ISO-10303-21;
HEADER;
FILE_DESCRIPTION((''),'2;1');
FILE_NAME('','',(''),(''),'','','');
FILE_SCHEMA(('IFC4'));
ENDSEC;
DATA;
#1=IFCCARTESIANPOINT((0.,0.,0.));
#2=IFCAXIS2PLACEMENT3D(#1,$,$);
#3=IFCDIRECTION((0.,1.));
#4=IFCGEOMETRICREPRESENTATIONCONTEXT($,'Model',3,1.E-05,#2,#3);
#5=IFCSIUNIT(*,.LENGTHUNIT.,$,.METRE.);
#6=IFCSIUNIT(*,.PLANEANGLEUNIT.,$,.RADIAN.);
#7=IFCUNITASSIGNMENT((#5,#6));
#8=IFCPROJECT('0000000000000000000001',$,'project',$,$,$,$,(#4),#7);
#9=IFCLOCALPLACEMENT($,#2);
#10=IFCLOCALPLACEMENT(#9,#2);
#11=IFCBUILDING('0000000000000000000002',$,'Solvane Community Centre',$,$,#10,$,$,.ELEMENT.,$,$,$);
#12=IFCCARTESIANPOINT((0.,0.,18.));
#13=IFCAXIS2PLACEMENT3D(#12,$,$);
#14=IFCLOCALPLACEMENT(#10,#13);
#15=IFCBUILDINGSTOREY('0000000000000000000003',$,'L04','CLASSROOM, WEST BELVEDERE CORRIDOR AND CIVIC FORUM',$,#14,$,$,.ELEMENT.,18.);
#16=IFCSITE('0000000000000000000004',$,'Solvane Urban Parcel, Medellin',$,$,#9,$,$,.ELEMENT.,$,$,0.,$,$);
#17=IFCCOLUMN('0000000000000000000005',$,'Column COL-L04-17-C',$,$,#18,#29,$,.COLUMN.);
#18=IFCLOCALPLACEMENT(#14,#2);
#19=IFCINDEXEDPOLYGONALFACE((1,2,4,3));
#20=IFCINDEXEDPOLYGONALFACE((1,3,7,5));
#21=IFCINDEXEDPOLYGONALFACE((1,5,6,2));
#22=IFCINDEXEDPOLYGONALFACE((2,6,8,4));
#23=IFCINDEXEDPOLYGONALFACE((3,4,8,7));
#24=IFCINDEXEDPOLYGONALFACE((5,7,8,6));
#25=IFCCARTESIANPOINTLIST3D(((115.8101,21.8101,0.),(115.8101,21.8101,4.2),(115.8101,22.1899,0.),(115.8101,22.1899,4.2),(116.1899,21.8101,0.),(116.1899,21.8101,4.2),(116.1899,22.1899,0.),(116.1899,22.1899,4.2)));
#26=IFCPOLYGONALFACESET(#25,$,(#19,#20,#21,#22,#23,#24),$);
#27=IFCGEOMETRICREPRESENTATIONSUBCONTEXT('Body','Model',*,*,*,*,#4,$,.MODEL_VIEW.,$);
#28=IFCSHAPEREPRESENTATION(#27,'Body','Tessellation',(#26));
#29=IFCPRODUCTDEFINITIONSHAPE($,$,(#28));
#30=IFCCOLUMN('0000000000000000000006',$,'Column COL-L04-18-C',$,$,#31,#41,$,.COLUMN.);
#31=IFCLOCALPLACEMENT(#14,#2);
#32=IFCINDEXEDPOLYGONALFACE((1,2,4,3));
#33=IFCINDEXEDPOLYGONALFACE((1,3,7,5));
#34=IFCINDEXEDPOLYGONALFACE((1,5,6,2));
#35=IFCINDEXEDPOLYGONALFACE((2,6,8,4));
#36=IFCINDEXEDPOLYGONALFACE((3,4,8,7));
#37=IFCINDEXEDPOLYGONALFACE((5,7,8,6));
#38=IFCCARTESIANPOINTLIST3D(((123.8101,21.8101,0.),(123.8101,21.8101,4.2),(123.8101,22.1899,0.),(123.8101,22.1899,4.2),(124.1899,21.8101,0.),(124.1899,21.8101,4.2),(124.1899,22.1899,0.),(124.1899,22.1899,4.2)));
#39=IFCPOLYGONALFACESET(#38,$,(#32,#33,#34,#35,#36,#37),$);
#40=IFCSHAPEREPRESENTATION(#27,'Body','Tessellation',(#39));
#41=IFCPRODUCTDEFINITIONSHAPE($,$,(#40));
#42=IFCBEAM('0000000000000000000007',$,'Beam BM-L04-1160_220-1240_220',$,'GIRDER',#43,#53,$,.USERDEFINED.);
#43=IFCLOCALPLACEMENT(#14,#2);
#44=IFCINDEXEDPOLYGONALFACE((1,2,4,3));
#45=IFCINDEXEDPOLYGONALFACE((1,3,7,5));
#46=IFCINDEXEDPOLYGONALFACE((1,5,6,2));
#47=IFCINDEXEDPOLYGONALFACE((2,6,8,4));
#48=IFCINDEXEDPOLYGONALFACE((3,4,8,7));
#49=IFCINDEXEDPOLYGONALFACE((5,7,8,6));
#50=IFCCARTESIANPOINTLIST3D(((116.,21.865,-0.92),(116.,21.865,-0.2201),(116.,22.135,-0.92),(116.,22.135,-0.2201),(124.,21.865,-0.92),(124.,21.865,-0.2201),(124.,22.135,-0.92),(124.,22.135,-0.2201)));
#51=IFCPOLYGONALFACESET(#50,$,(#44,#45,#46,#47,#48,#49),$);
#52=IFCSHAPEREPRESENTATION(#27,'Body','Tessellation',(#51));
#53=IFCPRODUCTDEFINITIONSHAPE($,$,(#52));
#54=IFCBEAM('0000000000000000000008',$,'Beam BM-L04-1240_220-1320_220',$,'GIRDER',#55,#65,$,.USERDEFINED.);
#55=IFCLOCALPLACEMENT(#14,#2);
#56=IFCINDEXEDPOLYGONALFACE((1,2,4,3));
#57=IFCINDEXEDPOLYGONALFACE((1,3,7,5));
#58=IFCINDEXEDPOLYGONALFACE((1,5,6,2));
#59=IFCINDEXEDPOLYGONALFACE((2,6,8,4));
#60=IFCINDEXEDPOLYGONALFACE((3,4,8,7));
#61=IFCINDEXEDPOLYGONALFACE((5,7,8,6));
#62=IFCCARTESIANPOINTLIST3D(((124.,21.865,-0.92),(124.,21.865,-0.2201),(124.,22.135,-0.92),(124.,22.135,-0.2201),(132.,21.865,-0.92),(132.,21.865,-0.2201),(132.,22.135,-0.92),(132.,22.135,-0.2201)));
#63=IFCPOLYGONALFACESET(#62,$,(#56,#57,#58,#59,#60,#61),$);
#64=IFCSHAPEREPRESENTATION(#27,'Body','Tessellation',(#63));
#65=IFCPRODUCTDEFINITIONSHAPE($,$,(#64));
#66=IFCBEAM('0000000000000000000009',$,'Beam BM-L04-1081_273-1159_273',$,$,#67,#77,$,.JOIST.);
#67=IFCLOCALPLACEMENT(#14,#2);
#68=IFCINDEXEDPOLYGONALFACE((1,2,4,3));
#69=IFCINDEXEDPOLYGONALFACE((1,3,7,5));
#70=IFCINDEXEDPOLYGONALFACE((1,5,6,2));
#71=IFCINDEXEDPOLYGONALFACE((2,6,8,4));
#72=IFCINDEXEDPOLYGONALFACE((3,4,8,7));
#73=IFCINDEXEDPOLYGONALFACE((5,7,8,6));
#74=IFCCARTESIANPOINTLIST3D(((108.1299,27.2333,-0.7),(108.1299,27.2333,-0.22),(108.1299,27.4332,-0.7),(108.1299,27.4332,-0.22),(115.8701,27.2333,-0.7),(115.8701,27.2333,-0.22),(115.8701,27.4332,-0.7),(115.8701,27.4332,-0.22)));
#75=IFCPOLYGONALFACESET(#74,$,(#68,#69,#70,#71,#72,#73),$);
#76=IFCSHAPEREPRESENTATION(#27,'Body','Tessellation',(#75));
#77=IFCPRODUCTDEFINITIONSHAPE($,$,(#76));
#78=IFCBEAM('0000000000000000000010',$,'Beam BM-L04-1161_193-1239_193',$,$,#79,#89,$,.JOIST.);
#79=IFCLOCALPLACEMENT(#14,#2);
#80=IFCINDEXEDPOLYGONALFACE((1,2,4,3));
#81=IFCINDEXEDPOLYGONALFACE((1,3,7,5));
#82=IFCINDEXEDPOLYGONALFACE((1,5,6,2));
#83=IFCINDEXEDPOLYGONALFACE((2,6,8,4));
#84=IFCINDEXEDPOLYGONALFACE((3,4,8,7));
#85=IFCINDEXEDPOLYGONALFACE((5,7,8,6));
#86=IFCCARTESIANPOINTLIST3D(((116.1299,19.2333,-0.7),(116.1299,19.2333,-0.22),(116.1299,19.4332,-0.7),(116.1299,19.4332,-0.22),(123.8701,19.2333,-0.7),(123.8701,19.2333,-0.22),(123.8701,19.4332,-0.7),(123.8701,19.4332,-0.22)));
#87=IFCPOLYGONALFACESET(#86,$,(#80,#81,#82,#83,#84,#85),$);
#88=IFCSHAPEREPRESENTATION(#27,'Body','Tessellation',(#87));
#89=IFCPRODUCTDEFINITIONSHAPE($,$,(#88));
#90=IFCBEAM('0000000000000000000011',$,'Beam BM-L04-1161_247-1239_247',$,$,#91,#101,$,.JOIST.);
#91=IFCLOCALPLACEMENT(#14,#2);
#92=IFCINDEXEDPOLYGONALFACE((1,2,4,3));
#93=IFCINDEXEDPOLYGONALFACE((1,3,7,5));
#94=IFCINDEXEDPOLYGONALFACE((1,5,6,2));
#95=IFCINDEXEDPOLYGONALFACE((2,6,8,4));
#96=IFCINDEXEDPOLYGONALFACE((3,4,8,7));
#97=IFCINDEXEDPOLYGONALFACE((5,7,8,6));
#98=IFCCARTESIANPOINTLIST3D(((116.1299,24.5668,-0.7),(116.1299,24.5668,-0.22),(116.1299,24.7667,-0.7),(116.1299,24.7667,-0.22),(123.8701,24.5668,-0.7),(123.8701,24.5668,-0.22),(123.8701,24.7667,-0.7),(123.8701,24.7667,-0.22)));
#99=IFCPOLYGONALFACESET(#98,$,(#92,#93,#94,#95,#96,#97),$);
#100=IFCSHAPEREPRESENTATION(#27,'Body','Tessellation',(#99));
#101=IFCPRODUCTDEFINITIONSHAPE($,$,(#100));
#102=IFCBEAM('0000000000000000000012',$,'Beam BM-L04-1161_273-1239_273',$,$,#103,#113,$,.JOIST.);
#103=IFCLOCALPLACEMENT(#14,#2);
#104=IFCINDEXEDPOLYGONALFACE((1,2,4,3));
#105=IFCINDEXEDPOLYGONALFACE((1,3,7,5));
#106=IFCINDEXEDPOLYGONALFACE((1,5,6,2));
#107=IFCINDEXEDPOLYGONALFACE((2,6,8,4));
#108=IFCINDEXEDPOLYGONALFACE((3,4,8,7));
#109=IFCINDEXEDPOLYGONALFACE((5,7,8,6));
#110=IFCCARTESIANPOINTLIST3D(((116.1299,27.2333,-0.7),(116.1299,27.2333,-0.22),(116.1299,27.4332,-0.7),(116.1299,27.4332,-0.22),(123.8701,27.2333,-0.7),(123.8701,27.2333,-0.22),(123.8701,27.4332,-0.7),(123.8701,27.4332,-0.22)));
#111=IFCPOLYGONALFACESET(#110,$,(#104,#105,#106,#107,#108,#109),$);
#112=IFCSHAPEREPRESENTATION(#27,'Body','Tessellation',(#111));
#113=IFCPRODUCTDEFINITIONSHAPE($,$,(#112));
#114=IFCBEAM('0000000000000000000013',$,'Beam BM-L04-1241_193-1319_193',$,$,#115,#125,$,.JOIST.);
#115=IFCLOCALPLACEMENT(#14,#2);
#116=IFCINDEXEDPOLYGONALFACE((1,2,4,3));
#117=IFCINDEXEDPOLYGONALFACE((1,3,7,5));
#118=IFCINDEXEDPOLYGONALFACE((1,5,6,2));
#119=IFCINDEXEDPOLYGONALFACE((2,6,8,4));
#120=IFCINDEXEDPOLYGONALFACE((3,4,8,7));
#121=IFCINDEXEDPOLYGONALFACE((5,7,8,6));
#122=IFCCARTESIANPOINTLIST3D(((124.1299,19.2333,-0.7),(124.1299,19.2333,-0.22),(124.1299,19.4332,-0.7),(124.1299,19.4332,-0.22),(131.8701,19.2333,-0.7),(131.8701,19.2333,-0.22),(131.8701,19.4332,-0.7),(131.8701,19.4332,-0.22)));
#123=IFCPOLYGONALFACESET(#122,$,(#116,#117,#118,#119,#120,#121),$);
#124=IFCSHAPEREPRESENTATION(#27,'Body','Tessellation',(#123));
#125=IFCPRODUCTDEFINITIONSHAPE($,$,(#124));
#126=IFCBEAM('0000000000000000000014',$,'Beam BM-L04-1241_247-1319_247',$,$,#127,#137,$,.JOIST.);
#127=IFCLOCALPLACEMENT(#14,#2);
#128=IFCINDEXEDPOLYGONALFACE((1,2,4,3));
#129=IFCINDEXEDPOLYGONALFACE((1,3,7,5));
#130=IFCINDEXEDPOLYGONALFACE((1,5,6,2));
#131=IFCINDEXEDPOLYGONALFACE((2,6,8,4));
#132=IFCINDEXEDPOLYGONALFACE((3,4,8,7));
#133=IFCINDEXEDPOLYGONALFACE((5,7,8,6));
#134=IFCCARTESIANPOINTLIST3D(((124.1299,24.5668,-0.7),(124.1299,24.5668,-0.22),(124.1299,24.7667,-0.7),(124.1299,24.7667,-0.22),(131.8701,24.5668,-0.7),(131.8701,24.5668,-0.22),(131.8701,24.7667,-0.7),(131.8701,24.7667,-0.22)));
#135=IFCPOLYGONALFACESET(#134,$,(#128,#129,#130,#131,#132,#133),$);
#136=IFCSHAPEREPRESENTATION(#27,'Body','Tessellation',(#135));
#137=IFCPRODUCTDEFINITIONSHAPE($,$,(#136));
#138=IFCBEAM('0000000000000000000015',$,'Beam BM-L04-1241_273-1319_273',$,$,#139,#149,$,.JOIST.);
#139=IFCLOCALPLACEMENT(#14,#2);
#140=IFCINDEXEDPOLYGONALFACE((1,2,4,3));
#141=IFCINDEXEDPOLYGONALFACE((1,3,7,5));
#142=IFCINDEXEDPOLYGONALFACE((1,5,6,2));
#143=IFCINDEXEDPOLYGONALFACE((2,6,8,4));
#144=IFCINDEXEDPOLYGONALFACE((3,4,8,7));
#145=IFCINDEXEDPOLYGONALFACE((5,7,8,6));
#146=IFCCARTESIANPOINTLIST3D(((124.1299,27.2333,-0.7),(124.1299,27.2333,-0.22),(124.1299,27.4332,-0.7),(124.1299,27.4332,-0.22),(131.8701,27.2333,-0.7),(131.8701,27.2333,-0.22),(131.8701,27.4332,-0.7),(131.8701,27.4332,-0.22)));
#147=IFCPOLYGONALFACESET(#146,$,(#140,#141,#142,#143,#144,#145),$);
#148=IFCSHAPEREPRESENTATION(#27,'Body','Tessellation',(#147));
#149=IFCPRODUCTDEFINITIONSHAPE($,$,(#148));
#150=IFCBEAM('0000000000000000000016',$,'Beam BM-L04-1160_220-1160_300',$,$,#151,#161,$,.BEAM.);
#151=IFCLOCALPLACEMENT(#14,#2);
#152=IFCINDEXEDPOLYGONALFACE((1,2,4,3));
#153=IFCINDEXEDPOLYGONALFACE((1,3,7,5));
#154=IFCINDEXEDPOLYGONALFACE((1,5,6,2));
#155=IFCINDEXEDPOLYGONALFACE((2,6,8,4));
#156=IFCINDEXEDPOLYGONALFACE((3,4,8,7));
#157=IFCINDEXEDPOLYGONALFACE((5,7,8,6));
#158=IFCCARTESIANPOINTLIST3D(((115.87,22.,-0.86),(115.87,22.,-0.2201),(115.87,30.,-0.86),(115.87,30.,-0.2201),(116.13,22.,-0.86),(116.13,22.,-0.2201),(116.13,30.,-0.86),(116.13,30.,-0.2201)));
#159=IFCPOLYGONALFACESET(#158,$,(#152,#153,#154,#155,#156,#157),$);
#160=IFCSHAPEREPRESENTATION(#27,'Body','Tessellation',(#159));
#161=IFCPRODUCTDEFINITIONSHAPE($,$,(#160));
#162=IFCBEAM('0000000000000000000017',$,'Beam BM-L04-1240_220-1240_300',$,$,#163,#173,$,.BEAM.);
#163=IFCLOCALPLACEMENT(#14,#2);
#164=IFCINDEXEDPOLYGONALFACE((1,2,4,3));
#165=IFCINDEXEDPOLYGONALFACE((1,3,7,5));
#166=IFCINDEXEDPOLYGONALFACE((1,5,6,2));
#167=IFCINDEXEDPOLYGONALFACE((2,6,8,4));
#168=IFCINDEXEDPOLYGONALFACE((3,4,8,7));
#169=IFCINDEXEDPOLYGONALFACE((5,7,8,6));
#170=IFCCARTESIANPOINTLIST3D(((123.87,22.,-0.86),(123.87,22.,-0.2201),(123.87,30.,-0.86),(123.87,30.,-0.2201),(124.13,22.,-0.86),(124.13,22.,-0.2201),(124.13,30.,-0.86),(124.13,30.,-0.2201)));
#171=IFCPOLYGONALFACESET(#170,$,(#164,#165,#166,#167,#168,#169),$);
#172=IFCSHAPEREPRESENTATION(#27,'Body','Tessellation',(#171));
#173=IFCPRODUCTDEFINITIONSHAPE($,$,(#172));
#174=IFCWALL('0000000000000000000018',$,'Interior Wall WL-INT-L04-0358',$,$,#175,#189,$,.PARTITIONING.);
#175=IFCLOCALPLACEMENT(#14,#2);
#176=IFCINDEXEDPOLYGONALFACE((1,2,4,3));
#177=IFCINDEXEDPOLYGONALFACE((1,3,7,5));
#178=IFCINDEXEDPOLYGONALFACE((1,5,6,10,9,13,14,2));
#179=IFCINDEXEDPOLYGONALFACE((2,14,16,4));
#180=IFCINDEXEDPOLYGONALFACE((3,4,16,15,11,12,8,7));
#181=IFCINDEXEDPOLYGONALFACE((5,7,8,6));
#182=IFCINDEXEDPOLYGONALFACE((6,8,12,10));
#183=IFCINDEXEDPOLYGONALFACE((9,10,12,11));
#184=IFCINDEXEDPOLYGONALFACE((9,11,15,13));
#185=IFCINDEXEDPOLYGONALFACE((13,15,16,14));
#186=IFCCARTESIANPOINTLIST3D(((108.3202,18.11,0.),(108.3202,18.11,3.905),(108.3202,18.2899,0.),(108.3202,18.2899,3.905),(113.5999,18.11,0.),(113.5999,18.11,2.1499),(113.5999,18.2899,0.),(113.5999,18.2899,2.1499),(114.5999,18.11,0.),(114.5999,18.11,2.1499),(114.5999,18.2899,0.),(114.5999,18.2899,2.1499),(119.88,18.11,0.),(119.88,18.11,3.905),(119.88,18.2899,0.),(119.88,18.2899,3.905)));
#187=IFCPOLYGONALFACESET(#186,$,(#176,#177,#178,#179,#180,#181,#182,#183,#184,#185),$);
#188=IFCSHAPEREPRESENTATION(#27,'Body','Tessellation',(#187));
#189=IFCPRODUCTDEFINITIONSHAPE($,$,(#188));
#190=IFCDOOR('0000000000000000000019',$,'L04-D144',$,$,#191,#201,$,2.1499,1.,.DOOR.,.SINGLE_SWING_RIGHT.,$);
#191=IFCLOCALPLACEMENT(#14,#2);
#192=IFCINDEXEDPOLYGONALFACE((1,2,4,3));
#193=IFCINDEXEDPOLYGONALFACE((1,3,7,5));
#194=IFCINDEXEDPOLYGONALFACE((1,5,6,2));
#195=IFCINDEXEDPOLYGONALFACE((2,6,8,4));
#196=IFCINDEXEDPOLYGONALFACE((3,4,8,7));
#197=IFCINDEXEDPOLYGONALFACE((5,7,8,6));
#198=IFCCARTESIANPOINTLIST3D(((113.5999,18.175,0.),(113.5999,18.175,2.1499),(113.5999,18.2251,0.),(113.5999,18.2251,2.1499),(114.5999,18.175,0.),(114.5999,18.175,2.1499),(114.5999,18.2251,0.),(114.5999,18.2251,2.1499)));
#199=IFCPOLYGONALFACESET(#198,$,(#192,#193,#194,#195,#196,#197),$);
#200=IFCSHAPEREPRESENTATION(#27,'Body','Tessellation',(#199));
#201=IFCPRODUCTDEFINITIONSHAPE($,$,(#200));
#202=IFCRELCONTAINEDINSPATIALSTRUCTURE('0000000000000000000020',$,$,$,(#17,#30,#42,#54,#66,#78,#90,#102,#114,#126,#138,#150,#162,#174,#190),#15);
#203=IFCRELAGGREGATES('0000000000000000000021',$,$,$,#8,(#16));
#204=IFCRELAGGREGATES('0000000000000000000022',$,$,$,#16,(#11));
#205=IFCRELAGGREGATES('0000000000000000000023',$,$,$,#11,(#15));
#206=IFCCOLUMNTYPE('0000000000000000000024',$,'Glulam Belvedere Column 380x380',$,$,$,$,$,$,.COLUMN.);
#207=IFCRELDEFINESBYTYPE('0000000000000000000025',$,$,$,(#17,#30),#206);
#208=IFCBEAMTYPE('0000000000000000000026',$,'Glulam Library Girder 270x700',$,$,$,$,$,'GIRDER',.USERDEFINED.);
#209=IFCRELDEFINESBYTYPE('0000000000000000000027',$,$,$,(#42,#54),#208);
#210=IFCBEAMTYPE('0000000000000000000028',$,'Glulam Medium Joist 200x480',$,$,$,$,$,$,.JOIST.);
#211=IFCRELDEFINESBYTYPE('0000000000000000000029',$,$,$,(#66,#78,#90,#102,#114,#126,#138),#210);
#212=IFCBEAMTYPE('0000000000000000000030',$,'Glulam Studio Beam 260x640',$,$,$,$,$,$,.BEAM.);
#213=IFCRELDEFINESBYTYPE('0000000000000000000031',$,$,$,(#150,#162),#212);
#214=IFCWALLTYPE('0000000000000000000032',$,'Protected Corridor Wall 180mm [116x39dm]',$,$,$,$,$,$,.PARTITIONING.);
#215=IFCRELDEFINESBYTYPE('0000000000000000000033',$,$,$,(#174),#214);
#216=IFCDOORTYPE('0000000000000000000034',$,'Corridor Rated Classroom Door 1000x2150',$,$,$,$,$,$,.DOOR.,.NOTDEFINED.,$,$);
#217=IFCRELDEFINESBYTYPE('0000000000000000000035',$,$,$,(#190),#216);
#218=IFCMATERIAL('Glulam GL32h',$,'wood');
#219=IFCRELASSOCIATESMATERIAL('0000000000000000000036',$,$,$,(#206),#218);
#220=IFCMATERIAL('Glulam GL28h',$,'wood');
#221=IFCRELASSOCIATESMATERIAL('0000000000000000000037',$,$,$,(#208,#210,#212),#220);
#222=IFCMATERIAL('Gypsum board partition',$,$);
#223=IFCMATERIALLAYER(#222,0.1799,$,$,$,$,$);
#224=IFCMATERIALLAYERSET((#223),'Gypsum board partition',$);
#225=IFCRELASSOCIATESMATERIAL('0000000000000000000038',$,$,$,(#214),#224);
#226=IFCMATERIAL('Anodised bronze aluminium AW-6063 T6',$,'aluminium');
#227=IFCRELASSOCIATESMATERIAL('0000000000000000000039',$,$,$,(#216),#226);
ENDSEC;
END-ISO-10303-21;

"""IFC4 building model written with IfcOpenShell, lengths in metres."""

from ifc_helpers import new_model, si_unit, direction, frame, frame_2d, origin, origin_2d, place, context, subcontext, project, spatial, rectangle, extrude, material, layer, layer_set, material_profile, profile_set, type_object, element, fill, save


model = new_model("IFC4")

# Units and contexts
model_context = context("Model", 3, precision=1e-05, world=origin(), true_north=direction((0.0, 1.0)))
body_context = subcontext(model_context, "Body", "Model", "MODEL_VIEW")
ifc_project = project(units=[si_unit("LENGTHUNIT", "METRE"), si_unit("PLANEANGLEUNIT", "RADIAN")], contexts=[model_context])

# Site, building, storey
site_placement = place(None, origin())
site = spatial("IfcSite", under=ifc_project, at=site_placement, Name="Solvane Urban Parcel, Medellin", CompositionType="ELEMENT", RefElevation=0.0)
building_placement = place(site_placement, origin())
building = spatial("IfcBuilding", under=site, at=building_placement, Name="Solvane Community Centre", CompositionType="ELEMENT")
storey_placement = place(building_placement, frame((0.0, 0.0, 18.0)))
storey = spatial("IfcBuildingStorey", under=building, at=storey_placement, Name="L04", Description="CLASSROOM, WEST BELVEDERE CORRIDOR AND CIVIC FORUM", CompositionType="ELEMENT", Elevation=18.0)

# Columns
ifc_material_1 = material(Name="Glulam GL32h", Category="wood")
ifc_material_profile_1 = material_profile(ifc_material_1, rectangle(XDim=0.3799, YDim=0.3799, at=origin_2d()), Name="GL32h 380x380")
ifc_profile_set_1 = profile_set([ifc_material_profile_1], Name="Glulam GL32h")
column_type = type_object("IfcColumnType", Name="Glulam Belvedere Column 380x380", PredefinedType="COLUMN", material=ifc_profile_set_1)
for number, where, z_axis, x_axis, name in (
    (1, (116.0, 22.0, 0.0), (0.0, 0.0, 1.0), (1.0, 0.0, 0.0), "Column COL-L04-17-C"),
    (2, (124.0, 22.0, 0.0), (0.0, 0.0, 1.0), (1.0, 0.0, 0.0), "Column COL-L04-18-C"),
):
    element("IfcColumn", number, at=place(storey_placement, frame(where, z_axis=z_axis, x_axis=x_axis)), inside=storey, type_object=column_type, Name=name, PredefinedType="COLUMN", context=body_context, shape_type="SweptSolid", body=[
        extrude(rectangle(XDim=0.3799, YDim=0.3799, at=origin_2d()), origin(), (0.0, 0.0, 1.0), 4.2),
    ])

# Beams
ifc_material_2 = material(Name="Glulam GL28h", Category="wood")
ifc_material_profile_2 = material_profile(ifc_material_2, rectangle(XDim=0.27, YDim=0.7, at=origin_2d()), Name="GL28h 270x700")
ifc_profile_set_2 = profile_set([ifc_material_profile_2], Name="Glulam GL28h")
beam_type_1 = type_object("IfcBeamType", Name="Glulam Library Girder 270x700", ElementType="GIRDER", PredefinedType="USERDEFINED", material=ifc_profile_set_2)
for number, where, z_axis, x_axis, name in (
    (3, (116.0, 22.0, -0.5701), (1.0, 0.0, 0.0), (0.0, 1.0, 0.0), "Beam BM-L04-1160_220-1240_220"),
    (4, (124.0, 22.0, -0.5701), (1.0, 0.0, 0.0), (0.0, 1.0, 0.0), "Beam BM-L04-1240_220-1320_220"),
):
    element("IfcBeam", number, at=place(storey_placement, frame(where, z_axis=z_axis, x_axis=x_axis)), inside=storey, type_object=beam_type_1, Name=name, ObjectType="GIRDER", PredefinedType="USERDEFINED", context=body_context, shape_type="SweptSolid", body=[
        extrude(rectangle(XDim=0.27, YDim=0.7, at=origin_2d()), origin(), (0.0, 0.0, 1.0), 8.0),
    ])
ifc_material_profile_3 = material_profile(ifc_material_2, rectangle(XDim=0.2, YDim=0.48, at=origin_2d()), Name="GL28h 200x480")
ifc_profile_set_3 = profile_set([ifc_material_profile_3], Name="Glulam GL28h")
beam_type_2 = type_object("IfcBeamType", Name="Glulam Medium Joist 200x480", PredefinedType="JOIST", material=ifc_profile_set_3)
for number, where, z_axis, x_axis, name in (
    (5, (108.1299, 27.3333, -0.46), (1.0, 0.0, 0.0), (0.0, 1.0, 0.0), "Beam BM-L04-1081_273-1159_273"),
    (6, (116.1299, 19.3333, -0.46), (1.0, 0.0, 0.0), (0.0, 1.0, 0.0), "Beam BM-L04-1161_193-1239_193"),
    (7, (116.1299, 24.6667, -0.46), (1.0, 0.0, 0.0), (0.0, 1.0, 0.0), "Beam BM-L04-1161_247-1239_247"),
    (8, (116.1299, 27.3333, -0.46), (1.0, 0.0, 0.0), (0.0, 1.0, 0.0), "Beam BM-L04-1161_273-1239_273"),
    (9, (124.1299, 19.3333, -0.46), (1.0, 0.0, 0.0), (0.0, 1.0, 0.0), "Beam BM-L04-1241_193-1319_193"),
    (10, (124.1299, 24.6667, -0.46), (1.0, 0.0, 0.0), (0.0, 1.0, 0.0), "Beam BM-L04-1241_247-1319_247"),
    (11, (124.1299, 27.3333, -0.46), (1.0, 0.0, 0.0), (0.0, 1.0, 0.0), "Beam BM-L04-1241_273-1319_273"),
):
    element("IfcBeam", number, at=place(storey_placement, frame(where, z_axis=z_axis, x_axis=x_axis)), inside=storey, type_object=beam_type_2, Name=name, PredefinedType="JOIST", context=body_context, shape_type="SweptSolid", body=[
        extrude(rectangle(XDim=0.2, YDim=0.48, at=origin_2d()), origin(), (0.0, 0.0, 1.0), 7.7402),
    ])
ifc_material_profile_4 = material_profile(ifc_material_2, rectangle(XDim=0.26, YDim=0.6399, at=origin_2d()), Name="GL28h 260x640")
ifc_profile_set_4 = profile_set([ifc_material_profile_4], Name="Glulam GL28h")
beam_type_3 = type_object("IfcBeamType", Name="Glulam Studio Beam 260x640", PredefinedType="BEAM", material=ifc_profile_set_4)
for number, where, z_axis, x_axis, name in (
    (12, (116.0, 22.0, -0.54), (0.0, 1.0, 0.0), (-1.0, 0.0, 0.0), "Beam BM-L04-1160_220-1160_300"),
    (13, (124.0, 22.0, -0.54), (0.0, 1.0, 0.0), (-1.0, 0.0, 0.0), "Beam BM-L04-1240_220-1240_300"),
):
    element("IfcBeam", number, at=place(storey_placement, frame(where, z_axis=z_axis, x_axis=x_axis)), inside=storey, type_object=beam_type_3, Name=name, PredefinedType="BEAM", context=body_context, shape_type="SweptSolid", body=[
        extrude(rectangle(XDim=0.26, YDim=0.6399, at=origin_2d()), origin(), (0.0, 0.0, 1.0), 8.0),
    ])

# Wall, opening, door
ifc_material_3 = material(Name="Gypsum board partition")
ifc_layer_1 = layer(ifc_material_3, 0.1799)
ifc_layer_set_1 = layer_set([ifc_layer_1], Name="Gypsum board partition")
wall_type_1 = type_object("IfcWallType", Name="Protected Corridor Wall 180mm [116x39dm]", PredefinedType="PARTITIONING", material=ifc_layer_set_1)
wall_1_placement = place(storey_placement, frame((119.8799, 18.2, 0.0), z_axis=(0.0, 0.0, 1.0), x_axis=(-1.0, 0.0, 0.0)))
wall_1 = element("IfcWall", 14, at=wall_1_placement, inside=storey, type_object=wall_type_1, Name="Interior Wall WL-INT-L04-0358", PredefinedType="PARTITIONING", context=body_context, shape_type="SweptSolid", body=[
    extrude(rectangle(XDim=11.5598, YDim=0.1799, at=frame_2d((5.7798, 0.0))), origin(), (0.0, 0.0, 1.0), 3.905),
])
opening_1_placement = place(wall_1_placement, frame((5.28, 0.0, 0.0)))
opening_1 = element("IfcOpeningElement", 15, at=opening_1_placement, cuts=wall_1, PredefinedType="OPENING", context=body_context, shape_type="SweptSolid", body=[
    extrude(rectangle(XDim=1.0, YDim=2.1499, at=frame_2d((0.5, 1.075))), frame((0.0, 0.0999, 0.0), z_axis=(0.0, -1.0, 0.0), x_axis=(1.0, 0.0, 0.0)), (0.0, 0.0, 1.0), 0.2),
])
ifc_material_4 = material(Name="Anodised bronze aluminium AW-6063 T6", Category="aluminium")
door_type_1 = type_object("IfcDoorType", Name="Corridor Rated Classroom Door 1000x2150", OperationType="NOTDEFINED", PredefinedType="DOOR", material=ifc_material_4)
door_1_placement = place(opening_1_placement, origin())
door_1 = element("IfcDoor", 16, at=door_1_placement, inside=storey, type_object=door_type_1, Name="L04-D144", OperationType="SINGLE_SWING_RIGHT", OverallHeight=2.1499, OverallWidth=1.0, PredefinedType="DOOR", context=body_context, shape_type="SweptSolid", body=[
    extrude(rectangle(XDim=1.0, YDim=2.1499, at=frame_2d((0.5, 1.075))), frame((0.0, 0.0249, 0.0), z_axis=(0.0, -1.0, 0.0), x_axis=(1.0, 0.0, 0.0)), (0.0, 0.0, 1.0), 0.05),
])
fill(opening_1, door_1)

save(model, "model.ifc")
